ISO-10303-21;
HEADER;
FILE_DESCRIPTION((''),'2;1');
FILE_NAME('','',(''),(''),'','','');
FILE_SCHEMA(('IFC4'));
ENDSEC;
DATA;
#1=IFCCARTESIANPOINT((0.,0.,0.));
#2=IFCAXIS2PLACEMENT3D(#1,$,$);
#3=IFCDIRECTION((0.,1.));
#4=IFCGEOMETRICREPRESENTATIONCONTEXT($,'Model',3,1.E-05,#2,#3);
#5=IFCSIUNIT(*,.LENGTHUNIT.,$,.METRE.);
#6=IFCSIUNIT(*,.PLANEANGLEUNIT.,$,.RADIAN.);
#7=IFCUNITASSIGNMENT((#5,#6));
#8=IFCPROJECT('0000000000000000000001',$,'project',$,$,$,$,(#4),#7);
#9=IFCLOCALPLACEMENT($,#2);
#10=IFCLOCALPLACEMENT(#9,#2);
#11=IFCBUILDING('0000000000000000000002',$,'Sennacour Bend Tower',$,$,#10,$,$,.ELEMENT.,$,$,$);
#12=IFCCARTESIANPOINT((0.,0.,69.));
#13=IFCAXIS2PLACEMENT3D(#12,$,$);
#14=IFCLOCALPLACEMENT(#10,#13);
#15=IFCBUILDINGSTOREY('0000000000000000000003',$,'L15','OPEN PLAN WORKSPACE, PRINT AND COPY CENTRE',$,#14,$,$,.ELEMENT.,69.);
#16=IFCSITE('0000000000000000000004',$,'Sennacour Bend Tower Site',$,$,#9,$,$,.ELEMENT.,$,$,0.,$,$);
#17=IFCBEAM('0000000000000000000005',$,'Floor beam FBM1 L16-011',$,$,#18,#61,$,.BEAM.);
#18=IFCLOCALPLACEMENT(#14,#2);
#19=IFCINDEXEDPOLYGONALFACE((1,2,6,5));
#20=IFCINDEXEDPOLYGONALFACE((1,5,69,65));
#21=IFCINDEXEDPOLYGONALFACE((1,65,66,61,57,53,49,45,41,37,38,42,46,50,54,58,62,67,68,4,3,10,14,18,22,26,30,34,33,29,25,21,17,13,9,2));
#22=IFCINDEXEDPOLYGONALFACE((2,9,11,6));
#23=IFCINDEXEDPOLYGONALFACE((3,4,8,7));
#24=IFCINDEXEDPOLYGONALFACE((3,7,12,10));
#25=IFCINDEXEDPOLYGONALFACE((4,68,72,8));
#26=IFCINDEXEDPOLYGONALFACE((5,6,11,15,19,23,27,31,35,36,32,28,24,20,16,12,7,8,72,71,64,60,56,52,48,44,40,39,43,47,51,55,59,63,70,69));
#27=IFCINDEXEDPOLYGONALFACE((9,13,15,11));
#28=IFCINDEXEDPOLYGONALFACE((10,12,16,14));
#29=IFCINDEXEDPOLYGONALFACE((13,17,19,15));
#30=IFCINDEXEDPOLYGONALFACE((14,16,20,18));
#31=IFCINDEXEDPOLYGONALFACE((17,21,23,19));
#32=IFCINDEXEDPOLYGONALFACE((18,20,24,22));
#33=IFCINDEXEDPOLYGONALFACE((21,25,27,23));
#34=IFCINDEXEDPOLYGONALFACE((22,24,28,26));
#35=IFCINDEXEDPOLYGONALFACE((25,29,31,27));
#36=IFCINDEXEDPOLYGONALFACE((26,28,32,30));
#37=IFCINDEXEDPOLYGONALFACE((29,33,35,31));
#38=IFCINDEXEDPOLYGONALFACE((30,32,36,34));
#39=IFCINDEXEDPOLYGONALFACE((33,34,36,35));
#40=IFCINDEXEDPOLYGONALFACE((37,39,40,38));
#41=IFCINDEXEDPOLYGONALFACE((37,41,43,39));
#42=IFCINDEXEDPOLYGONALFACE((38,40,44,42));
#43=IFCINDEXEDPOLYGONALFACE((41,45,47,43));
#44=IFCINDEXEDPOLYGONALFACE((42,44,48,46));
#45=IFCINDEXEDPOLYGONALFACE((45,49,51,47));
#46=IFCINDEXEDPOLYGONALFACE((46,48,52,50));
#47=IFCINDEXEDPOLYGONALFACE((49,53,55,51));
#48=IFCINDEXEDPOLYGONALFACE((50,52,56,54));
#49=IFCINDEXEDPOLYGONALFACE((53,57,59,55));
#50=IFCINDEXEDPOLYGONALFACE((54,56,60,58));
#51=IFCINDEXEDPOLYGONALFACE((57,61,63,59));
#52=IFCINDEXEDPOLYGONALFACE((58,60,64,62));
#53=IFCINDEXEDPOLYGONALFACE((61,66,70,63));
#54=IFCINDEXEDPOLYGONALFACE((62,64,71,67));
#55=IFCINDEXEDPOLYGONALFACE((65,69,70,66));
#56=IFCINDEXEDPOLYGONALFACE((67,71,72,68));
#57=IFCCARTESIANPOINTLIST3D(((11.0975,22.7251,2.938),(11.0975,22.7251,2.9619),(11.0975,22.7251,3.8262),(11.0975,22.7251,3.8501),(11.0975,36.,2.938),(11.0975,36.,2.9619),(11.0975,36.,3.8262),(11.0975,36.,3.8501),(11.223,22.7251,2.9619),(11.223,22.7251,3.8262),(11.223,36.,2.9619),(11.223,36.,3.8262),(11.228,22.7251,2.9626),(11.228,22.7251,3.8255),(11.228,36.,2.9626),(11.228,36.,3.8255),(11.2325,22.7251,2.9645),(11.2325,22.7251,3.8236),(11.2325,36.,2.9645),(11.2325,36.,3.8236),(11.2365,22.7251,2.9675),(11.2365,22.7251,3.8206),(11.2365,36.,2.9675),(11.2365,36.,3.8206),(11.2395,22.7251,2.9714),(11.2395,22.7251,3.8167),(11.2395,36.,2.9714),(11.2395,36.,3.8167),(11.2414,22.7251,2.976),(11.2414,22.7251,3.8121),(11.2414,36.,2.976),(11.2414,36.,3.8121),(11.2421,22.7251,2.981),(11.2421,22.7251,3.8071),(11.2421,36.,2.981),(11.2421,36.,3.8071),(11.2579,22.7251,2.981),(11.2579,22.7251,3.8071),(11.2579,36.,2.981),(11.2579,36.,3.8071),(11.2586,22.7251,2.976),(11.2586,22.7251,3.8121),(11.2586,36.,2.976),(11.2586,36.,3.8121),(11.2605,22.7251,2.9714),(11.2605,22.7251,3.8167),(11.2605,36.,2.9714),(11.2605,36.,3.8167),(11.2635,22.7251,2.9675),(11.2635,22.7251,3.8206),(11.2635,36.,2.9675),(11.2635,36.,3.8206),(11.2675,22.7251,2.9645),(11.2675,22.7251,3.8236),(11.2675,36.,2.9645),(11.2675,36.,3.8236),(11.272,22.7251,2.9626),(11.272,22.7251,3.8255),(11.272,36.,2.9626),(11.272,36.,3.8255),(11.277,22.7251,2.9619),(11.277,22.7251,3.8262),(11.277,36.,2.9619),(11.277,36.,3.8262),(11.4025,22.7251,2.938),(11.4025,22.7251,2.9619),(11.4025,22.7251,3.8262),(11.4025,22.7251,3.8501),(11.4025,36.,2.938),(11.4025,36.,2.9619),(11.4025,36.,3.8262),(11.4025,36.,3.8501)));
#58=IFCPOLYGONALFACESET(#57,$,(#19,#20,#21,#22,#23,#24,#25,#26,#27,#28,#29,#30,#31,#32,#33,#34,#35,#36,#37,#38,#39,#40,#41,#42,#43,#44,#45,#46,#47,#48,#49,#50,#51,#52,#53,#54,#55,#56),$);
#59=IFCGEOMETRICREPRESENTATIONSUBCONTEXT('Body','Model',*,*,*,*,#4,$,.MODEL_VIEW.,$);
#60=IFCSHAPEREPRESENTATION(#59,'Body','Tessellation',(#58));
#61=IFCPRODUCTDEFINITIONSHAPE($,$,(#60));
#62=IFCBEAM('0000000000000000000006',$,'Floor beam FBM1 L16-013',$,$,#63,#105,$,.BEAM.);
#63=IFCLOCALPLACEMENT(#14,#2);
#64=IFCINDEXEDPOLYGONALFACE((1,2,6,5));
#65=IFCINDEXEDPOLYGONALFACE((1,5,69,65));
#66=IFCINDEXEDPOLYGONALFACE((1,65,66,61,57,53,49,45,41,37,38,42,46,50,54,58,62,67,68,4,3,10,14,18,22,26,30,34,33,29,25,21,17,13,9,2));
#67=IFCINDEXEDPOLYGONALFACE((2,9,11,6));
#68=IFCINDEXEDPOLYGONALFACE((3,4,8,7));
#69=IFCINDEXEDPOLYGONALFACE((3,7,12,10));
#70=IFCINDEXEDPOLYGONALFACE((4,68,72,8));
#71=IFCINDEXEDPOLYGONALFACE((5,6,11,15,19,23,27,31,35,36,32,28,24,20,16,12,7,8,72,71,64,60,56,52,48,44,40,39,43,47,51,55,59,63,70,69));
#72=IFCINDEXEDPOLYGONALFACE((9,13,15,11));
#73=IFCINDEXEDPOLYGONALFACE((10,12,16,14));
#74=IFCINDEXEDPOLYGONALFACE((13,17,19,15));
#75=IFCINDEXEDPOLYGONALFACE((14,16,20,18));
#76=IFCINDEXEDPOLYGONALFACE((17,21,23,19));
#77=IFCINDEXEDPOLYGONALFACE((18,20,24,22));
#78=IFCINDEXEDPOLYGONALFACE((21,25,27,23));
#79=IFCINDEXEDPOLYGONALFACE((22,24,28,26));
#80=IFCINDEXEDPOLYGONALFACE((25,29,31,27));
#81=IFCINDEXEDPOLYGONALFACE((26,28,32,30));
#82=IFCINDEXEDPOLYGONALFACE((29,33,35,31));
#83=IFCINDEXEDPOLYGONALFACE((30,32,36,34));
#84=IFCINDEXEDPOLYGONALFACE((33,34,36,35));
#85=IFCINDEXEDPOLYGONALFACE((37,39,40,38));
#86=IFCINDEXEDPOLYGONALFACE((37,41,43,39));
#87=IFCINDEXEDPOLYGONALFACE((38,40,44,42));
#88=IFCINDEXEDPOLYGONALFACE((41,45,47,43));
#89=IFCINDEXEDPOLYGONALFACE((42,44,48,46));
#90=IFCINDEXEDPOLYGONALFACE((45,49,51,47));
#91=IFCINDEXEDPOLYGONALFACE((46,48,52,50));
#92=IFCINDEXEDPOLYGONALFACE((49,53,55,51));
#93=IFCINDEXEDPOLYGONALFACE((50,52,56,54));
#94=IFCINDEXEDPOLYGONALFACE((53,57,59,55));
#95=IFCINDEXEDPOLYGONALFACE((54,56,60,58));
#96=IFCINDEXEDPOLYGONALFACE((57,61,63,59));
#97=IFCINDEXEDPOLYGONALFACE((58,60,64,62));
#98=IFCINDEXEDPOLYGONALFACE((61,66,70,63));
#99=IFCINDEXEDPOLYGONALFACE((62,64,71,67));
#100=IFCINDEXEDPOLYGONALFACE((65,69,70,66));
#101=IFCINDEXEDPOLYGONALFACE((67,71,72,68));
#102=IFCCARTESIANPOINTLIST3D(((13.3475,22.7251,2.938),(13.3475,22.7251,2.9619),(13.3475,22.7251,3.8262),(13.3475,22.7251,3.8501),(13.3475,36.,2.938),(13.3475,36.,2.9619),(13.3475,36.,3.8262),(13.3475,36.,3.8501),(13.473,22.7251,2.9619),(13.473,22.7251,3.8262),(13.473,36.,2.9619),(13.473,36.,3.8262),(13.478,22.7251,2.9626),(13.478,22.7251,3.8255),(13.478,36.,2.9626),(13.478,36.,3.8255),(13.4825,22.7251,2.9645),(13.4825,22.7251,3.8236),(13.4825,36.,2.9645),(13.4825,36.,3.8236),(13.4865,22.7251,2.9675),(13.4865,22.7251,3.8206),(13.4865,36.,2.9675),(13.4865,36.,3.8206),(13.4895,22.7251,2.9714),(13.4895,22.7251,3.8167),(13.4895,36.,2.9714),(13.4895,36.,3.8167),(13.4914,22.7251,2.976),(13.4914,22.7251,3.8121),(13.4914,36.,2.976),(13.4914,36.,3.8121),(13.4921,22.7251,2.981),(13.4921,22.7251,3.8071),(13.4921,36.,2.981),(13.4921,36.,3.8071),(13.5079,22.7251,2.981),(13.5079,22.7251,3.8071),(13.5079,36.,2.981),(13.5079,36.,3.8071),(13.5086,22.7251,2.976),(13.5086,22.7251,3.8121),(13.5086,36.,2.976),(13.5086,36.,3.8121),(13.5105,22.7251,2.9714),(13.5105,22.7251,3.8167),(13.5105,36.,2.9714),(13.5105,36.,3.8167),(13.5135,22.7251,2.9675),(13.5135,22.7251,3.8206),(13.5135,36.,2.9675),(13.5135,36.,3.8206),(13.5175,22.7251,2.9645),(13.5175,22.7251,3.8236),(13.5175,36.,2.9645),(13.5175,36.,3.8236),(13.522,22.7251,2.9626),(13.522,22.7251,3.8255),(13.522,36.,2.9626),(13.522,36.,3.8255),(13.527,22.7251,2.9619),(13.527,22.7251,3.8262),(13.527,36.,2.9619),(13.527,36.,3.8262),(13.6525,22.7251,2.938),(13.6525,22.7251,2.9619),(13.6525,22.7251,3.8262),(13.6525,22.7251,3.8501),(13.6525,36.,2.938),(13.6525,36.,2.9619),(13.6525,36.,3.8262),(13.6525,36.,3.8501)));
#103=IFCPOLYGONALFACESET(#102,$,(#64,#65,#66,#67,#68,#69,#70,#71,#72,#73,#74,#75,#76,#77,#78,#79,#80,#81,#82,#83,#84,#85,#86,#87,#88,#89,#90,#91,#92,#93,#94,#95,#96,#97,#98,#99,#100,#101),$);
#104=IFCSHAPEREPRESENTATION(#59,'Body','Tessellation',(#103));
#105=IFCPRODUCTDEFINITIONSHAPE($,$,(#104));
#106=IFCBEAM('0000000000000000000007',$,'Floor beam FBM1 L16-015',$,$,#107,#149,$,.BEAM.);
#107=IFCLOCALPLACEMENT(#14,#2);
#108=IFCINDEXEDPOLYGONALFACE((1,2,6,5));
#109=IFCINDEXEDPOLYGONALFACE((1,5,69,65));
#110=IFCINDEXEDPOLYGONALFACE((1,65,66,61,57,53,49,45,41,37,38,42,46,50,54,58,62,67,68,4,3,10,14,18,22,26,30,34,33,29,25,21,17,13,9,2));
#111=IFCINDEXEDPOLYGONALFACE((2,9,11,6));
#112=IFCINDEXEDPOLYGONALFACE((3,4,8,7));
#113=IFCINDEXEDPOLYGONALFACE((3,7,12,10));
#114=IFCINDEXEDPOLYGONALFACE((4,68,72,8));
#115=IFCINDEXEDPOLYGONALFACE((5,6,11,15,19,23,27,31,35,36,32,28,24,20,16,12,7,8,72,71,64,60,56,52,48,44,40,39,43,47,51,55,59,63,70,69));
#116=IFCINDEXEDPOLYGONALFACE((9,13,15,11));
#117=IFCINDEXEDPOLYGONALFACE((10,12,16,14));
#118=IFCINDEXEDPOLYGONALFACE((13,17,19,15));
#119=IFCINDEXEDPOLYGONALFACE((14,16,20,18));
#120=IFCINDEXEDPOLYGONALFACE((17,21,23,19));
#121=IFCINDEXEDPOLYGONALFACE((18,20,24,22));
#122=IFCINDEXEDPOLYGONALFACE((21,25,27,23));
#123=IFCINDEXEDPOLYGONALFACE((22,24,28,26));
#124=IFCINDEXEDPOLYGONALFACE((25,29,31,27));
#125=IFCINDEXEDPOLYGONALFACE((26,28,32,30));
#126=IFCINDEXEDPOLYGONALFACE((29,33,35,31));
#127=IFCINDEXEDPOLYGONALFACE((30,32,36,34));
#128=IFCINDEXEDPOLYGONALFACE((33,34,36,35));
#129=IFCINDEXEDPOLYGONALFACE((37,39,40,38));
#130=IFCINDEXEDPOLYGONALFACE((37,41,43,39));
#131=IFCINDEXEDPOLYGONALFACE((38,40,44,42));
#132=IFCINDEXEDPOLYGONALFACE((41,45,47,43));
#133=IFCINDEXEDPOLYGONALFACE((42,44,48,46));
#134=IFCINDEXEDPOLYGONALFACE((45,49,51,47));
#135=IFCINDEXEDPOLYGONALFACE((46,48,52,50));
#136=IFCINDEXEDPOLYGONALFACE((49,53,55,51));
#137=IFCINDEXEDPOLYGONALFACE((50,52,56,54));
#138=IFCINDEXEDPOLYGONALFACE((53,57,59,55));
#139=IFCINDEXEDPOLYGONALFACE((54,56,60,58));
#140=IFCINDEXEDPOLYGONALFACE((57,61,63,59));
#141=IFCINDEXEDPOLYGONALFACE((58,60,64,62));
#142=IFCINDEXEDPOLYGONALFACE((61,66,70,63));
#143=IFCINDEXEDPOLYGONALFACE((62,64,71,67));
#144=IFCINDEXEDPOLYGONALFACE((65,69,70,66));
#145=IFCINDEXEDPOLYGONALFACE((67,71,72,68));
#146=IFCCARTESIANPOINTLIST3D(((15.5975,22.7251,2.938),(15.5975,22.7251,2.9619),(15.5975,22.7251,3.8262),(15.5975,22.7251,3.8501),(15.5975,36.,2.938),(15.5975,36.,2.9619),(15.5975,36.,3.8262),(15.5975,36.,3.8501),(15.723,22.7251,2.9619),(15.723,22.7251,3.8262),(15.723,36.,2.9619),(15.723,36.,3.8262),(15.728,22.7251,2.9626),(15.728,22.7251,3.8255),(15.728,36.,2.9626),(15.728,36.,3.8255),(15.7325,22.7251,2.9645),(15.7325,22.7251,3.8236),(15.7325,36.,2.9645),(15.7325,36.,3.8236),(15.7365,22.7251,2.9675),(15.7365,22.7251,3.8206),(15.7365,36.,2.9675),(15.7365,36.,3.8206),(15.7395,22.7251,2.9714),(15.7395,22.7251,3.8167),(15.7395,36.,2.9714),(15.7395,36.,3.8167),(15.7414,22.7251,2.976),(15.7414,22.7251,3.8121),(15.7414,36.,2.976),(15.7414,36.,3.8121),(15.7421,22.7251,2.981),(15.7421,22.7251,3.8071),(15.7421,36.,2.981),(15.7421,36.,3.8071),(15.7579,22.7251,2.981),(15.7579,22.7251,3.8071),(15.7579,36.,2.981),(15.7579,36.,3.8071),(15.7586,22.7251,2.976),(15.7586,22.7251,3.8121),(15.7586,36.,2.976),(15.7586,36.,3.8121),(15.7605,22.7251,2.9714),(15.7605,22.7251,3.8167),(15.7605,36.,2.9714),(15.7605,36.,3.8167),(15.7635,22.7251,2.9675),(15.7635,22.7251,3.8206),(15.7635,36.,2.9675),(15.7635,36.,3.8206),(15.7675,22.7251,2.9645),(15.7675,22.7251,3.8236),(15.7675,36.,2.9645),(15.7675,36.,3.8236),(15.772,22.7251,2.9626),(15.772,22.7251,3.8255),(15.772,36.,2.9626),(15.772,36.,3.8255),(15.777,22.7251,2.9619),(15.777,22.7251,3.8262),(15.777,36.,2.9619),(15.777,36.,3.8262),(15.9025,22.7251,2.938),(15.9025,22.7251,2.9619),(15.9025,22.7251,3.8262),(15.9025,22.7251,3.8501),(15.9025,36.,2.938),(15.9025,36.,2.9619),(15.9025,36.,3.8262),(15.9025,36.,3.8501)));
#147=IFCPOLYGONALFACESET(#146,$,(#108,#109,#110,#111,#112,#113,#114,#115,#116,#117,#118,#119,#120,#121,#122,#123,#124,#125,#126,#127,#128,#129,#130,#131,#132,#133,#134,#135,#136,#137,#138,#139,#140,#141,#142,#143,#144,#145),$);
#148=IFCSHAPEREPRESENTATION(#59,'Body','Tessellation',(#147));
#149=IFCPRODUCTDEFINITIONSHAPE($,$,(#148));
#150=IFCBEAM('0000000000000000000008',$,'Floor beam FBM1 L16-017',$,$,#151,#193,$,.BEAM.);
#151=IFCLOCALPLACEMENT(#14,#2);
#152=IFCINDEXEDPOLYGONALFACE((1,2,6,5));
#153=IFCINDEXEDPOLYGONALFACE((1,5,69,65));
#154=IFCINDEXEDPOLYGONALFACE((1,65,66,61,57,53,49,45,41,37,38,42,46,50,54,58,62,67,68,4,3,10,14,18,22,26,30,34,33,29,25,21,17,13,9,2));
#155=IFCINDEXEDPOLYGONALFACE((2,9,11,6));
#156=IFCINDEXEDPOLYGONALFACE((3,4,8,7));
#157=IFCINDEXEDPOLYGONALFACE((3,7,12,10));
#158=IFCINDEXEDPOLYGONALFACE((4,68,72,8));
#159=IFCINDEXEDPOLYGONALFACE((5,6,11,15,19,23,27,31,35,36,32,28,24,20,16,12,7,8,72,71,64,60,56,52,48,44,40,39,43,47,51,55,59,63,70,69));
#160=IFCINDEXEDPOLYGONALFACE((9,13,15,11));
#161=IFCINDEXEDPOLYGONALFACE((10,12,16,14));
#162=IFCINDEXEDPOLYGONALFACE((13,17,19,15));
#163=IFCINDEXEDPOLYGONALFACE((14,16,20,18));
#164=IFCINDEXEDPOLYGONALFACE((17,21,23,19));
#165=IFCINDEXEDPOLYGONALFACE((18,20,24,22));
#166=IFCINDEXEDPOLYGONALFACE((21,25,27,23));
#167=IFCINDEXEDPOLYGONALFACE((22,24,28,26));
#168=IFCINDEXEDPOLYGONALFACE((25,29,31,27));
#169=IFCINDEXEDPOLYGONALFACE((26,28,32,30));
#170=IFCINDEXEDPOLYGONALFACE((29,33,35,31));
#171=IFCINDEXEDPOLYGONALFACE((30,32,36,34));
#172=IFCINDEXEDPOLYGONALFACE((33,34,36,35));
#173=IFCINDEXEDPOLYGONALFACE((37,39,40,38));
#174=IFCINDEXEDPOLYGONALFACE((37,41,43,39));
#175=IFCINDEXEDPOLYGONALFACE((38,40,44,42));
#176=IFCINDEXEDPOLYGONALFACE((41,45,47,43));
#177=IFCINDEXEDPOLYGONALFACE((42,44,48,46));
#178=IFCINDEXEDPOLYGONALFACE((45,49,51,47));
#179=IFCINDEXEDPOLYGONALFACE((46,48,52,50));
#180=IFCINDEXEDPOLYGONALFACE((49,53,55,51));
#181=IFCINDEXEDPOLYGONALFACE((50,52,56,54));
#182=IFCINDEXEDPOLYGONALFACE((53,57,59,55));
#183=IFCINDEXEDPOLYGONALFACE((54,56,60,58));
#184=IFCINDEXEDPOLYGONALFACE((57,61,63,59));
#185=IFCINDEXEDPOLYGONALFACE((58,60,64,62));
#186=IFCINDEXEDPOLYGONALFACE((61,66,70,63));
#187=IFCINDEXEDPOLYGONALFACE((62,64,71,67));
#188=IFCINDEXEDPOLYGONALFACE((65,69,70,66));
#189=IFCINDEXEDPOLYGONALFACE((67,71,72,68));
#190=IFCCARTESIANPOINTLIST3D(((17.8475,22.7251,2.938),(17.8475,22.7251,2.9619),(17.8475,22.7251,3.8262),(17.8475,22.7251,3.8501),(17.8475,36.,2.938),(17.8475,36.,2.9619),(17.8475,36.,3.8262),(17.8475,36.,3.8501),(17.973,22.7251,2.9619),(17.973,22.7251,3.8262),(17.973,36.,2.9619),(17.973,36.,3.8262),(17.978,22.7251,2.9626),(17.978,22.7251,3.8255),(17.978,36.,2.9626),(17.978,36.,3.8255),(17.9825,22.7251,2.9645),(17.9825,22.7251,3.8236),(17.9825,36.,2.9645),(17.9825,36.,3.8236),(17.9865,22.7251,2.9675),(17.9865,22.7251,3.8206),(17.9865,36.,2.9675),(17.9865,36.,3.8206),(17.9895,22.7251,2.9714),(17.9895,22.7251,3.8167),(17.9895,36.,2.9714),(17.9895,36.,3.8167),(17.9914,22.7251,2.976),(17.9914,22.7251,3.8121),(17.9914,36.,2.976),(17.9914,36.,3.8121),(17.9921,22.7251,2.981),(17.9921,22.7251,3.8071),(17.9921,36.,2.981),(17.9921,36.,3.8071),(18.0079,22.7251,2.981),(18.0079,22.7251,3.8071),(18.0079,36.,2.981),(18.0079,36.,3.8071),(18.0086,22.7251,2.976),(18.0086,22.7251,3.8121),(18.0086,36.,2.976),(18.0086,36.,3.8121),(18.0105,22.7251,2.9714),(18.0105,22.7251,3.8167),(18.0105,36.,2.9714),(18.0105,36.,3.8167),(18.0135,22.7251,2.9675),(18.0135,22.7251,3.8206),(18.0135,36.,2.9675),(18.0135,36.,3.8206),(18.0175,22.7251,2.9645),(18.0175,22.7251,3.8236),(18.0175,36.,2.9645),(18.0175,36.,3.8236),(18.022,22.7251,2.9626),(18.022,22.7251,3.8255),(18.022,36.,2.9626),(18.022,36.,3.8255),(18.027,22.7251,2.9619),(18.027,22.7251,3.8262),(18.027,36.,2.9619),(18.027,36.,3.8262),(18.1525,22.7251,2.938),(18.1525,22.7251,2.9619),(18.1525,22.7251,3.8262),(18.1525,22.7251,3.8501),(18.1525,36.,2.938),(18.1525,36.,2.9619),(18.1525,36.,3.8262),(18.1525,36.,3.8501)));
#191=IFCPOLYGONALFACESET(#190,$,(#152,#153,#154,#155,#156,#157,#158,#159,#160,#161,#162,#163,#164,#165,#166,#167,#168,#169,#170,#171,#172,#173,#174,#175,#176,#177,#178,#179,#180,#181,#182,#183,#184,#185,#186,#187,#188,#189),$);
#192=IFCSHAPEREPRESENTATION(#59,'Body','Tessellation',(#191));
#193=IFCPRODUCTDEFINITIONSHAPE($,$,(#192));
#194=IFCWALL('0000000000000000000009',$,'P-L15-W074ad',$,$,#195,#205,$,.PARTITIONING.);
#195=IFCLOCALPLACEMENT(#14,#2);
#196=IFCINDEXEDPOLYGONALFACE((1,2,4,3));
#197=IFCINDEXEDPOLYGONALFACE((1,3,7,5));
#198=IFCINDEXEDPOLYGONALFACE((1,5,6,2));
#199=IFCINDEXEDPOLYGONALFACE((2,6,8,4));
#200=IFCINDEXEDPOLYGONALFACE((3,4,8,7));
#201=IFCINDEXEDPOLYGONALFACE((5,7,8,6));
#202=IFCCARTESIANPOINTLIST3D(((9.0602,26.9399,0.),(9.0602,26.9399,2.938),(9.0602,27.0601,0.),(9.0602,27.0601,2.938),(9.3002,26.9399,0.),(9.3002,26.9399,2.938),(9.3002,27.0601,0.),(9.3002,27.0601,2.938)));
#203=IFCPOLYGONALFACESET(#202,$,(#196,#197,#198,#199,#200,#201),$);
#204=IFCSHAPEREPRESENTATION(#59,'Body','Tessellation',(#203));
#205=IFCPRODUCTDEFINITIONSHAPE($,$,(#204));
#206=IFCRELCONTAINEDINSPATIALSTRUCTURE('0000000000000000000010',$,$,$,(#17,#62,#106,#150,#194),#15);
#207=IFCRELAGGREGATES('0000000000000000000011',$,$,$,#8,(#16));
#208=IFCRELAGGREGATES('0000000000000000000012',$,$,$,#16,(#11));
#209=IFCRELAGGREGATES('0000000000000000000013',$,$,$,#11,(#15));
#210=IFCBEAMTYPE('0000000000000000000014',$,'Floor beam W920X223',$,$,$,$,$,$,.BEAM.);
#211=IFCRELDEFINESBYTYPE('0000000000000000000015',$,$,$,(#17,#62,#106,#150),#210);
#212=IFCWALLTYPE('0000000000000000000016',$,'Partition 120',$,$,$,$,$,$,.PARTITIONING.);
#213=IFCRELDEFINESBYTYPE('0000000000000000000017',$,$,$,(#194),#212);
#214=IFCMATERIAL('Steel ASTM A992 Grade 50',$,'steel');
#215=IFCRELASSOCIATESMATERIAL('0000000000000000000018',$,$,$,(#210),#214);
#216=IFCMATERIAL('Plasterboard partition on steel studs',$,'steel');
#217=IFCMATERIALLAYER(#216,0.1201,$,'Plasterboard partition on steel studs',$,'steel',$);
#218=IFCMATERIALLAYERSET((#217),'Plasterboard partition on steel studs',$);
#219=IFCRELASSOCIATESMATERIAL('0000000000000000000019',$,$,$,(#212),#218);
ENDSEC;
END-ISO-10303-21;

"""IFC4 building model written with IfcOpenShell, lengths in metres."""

from ifc_helpers import new_model, si_unit, direction, frame, frame_2d, origin, origin_2d, place, context, subcontext, project, spatial, rectangle, i_section, extrude, material, layer, layer_set, material_profile, profile_set, type_object, element, save


model = new_model("IFC4")

# Units and contexts
model_context = context("Model", 3, precision=1e-05, world=origin(), true_north=direction((0.0, 1.0)))
body_context = subcontext(model_context, "Body", "Model", "MODEL_VIEW")
ifc_project = project(units=[si_unit("LENGTHUNIT", "METRE"), si_unit("PLANEANGLEUNIT", "RADIAN")], contexts=[model_context])

# Site, building, storey
site_placement = place(None, origin())
site = spatial("IfcSite", under=ifc_project, at=site_placement, Name="Sennacour Bend Tower Site", CompositionType="ELEMENT", RefElevation=0.0)
building_placement = place(site_placement, origin())
building = spatial("IfcBuilding", under=site, at=building_placement, Name="Sennacour Bend Tower", CompositionType="ELEMENT")
storey_placement = place(building_placement, frame((0.0, 0.0, 69.0)))
storey = spatial("IfcBuildingStorey", under=building, at=storey_placement, Name="L15", Description="OPEN PLAN WORKSPACE, PRINT AND COPY CENTRE", CompositionType="ELEMENT", Elevation=69.0)

# Beams
ifc_material_1 = material(Name="Steel ASTM A992 Grade 50", Category="steel")
ifc_material_profile = material_profile(ifc_material_1, i_section(OverallWidth=0.3049, OverallDepth=0.9121, WebThickness=0.0159, FlangeThickness=0.0239, FilletRadius=0.019, at=origin_2d()), Name="Steel ASTM A992 Grade 50", Category="steel")
ifc_profile_set = profile_set([ifc_material_profile], Name="Steel ASTM A992 Grade 50")
beam_type = type_object("IfcBeamType", Name="Floor beam W920X223", PredefinedType="BEAM", material=ifc_profile_set)
for number, where, z_axis, x_axis, name in (
    (1, (11.25, 22.7251, 3.394), (0.0, 1.0, 0.0), (-1.0, 0.0, 0.0), "Floor beam FBM1 L16-011"),
    (2, (13.5, 22.7251, 3.394), (0.0, 1.0, 0.0), (-1.0, 0.0, 0.0), "Floor beam FBM1 L16-013"),
    (3, (15.75, 22.7251, 3.394), (0.0, 1.0, 0.0), (-1.0, 0.0, 0.0), "Floor beam FBM1 L16-015"),
    (4, (18.0, 22.7251, 3.394), (0.0, 1.0, 0.0), (-1.0, 0.0, 0.0), "Floor beam FBM1 L16-017"),
):
    element("IfcBeam", number, at=place(storey_placement, frame(where, z_axis=z_axis, x_axis=x_axis)), inside=storey, type_object=beam_type, Name=name, PredefinedType="BEAM", context=body_context, shape_type="SweptSolid", body=[
        extrude(i_section(OverallWidth=0.3049, OverallDepth=0.9121, WebThickness=0.0159, FlangeThickness=0.0239, FilletRadius=0.019, at=origin_2d()), origin(), (0.0, 0.0, 1.0), 13.2749),
    ])

# Wall
ifc_material_2 = material(Name="Plasterboard partition on steel studs", Category="steel")
ifc_layer_1 = layer(ifc_material_2, 0.1201, Name="Plasterboard partition on steel studs", Category="steel")
ifc_layer_set_1 = layer_set([ifc_layer_1], Name="Plasterboard partition on steel studs")
wall_type_1 = type_object("IfcWallType", Name="Partition 120", PredefinedType="PARTITIONING", material=ifc_layer_set_1)
wall_1_placement = place(storey_placement, frame((9.0601, 27.0, 0.0), z_axis=(0.0, 0.0, 1.0), x_axis=(1.0, 0.0, 0.0)))
element("IfcWall", 5, at=wall_1_placement, inside=storey, type_object=wall_type_1, Name="P-L15-W074ad", PredefinedType="PARTITIONING", context=body_context, shape_type="SweptSolid", body=[
    extrude(rectangle(XDim=0.24, YDim=0.1201, at=frame_2d((0.1201, 0.0))), origin(), (0.0, 0.0, 1.0), 2.938),
])

save(model, "model.ifc")
